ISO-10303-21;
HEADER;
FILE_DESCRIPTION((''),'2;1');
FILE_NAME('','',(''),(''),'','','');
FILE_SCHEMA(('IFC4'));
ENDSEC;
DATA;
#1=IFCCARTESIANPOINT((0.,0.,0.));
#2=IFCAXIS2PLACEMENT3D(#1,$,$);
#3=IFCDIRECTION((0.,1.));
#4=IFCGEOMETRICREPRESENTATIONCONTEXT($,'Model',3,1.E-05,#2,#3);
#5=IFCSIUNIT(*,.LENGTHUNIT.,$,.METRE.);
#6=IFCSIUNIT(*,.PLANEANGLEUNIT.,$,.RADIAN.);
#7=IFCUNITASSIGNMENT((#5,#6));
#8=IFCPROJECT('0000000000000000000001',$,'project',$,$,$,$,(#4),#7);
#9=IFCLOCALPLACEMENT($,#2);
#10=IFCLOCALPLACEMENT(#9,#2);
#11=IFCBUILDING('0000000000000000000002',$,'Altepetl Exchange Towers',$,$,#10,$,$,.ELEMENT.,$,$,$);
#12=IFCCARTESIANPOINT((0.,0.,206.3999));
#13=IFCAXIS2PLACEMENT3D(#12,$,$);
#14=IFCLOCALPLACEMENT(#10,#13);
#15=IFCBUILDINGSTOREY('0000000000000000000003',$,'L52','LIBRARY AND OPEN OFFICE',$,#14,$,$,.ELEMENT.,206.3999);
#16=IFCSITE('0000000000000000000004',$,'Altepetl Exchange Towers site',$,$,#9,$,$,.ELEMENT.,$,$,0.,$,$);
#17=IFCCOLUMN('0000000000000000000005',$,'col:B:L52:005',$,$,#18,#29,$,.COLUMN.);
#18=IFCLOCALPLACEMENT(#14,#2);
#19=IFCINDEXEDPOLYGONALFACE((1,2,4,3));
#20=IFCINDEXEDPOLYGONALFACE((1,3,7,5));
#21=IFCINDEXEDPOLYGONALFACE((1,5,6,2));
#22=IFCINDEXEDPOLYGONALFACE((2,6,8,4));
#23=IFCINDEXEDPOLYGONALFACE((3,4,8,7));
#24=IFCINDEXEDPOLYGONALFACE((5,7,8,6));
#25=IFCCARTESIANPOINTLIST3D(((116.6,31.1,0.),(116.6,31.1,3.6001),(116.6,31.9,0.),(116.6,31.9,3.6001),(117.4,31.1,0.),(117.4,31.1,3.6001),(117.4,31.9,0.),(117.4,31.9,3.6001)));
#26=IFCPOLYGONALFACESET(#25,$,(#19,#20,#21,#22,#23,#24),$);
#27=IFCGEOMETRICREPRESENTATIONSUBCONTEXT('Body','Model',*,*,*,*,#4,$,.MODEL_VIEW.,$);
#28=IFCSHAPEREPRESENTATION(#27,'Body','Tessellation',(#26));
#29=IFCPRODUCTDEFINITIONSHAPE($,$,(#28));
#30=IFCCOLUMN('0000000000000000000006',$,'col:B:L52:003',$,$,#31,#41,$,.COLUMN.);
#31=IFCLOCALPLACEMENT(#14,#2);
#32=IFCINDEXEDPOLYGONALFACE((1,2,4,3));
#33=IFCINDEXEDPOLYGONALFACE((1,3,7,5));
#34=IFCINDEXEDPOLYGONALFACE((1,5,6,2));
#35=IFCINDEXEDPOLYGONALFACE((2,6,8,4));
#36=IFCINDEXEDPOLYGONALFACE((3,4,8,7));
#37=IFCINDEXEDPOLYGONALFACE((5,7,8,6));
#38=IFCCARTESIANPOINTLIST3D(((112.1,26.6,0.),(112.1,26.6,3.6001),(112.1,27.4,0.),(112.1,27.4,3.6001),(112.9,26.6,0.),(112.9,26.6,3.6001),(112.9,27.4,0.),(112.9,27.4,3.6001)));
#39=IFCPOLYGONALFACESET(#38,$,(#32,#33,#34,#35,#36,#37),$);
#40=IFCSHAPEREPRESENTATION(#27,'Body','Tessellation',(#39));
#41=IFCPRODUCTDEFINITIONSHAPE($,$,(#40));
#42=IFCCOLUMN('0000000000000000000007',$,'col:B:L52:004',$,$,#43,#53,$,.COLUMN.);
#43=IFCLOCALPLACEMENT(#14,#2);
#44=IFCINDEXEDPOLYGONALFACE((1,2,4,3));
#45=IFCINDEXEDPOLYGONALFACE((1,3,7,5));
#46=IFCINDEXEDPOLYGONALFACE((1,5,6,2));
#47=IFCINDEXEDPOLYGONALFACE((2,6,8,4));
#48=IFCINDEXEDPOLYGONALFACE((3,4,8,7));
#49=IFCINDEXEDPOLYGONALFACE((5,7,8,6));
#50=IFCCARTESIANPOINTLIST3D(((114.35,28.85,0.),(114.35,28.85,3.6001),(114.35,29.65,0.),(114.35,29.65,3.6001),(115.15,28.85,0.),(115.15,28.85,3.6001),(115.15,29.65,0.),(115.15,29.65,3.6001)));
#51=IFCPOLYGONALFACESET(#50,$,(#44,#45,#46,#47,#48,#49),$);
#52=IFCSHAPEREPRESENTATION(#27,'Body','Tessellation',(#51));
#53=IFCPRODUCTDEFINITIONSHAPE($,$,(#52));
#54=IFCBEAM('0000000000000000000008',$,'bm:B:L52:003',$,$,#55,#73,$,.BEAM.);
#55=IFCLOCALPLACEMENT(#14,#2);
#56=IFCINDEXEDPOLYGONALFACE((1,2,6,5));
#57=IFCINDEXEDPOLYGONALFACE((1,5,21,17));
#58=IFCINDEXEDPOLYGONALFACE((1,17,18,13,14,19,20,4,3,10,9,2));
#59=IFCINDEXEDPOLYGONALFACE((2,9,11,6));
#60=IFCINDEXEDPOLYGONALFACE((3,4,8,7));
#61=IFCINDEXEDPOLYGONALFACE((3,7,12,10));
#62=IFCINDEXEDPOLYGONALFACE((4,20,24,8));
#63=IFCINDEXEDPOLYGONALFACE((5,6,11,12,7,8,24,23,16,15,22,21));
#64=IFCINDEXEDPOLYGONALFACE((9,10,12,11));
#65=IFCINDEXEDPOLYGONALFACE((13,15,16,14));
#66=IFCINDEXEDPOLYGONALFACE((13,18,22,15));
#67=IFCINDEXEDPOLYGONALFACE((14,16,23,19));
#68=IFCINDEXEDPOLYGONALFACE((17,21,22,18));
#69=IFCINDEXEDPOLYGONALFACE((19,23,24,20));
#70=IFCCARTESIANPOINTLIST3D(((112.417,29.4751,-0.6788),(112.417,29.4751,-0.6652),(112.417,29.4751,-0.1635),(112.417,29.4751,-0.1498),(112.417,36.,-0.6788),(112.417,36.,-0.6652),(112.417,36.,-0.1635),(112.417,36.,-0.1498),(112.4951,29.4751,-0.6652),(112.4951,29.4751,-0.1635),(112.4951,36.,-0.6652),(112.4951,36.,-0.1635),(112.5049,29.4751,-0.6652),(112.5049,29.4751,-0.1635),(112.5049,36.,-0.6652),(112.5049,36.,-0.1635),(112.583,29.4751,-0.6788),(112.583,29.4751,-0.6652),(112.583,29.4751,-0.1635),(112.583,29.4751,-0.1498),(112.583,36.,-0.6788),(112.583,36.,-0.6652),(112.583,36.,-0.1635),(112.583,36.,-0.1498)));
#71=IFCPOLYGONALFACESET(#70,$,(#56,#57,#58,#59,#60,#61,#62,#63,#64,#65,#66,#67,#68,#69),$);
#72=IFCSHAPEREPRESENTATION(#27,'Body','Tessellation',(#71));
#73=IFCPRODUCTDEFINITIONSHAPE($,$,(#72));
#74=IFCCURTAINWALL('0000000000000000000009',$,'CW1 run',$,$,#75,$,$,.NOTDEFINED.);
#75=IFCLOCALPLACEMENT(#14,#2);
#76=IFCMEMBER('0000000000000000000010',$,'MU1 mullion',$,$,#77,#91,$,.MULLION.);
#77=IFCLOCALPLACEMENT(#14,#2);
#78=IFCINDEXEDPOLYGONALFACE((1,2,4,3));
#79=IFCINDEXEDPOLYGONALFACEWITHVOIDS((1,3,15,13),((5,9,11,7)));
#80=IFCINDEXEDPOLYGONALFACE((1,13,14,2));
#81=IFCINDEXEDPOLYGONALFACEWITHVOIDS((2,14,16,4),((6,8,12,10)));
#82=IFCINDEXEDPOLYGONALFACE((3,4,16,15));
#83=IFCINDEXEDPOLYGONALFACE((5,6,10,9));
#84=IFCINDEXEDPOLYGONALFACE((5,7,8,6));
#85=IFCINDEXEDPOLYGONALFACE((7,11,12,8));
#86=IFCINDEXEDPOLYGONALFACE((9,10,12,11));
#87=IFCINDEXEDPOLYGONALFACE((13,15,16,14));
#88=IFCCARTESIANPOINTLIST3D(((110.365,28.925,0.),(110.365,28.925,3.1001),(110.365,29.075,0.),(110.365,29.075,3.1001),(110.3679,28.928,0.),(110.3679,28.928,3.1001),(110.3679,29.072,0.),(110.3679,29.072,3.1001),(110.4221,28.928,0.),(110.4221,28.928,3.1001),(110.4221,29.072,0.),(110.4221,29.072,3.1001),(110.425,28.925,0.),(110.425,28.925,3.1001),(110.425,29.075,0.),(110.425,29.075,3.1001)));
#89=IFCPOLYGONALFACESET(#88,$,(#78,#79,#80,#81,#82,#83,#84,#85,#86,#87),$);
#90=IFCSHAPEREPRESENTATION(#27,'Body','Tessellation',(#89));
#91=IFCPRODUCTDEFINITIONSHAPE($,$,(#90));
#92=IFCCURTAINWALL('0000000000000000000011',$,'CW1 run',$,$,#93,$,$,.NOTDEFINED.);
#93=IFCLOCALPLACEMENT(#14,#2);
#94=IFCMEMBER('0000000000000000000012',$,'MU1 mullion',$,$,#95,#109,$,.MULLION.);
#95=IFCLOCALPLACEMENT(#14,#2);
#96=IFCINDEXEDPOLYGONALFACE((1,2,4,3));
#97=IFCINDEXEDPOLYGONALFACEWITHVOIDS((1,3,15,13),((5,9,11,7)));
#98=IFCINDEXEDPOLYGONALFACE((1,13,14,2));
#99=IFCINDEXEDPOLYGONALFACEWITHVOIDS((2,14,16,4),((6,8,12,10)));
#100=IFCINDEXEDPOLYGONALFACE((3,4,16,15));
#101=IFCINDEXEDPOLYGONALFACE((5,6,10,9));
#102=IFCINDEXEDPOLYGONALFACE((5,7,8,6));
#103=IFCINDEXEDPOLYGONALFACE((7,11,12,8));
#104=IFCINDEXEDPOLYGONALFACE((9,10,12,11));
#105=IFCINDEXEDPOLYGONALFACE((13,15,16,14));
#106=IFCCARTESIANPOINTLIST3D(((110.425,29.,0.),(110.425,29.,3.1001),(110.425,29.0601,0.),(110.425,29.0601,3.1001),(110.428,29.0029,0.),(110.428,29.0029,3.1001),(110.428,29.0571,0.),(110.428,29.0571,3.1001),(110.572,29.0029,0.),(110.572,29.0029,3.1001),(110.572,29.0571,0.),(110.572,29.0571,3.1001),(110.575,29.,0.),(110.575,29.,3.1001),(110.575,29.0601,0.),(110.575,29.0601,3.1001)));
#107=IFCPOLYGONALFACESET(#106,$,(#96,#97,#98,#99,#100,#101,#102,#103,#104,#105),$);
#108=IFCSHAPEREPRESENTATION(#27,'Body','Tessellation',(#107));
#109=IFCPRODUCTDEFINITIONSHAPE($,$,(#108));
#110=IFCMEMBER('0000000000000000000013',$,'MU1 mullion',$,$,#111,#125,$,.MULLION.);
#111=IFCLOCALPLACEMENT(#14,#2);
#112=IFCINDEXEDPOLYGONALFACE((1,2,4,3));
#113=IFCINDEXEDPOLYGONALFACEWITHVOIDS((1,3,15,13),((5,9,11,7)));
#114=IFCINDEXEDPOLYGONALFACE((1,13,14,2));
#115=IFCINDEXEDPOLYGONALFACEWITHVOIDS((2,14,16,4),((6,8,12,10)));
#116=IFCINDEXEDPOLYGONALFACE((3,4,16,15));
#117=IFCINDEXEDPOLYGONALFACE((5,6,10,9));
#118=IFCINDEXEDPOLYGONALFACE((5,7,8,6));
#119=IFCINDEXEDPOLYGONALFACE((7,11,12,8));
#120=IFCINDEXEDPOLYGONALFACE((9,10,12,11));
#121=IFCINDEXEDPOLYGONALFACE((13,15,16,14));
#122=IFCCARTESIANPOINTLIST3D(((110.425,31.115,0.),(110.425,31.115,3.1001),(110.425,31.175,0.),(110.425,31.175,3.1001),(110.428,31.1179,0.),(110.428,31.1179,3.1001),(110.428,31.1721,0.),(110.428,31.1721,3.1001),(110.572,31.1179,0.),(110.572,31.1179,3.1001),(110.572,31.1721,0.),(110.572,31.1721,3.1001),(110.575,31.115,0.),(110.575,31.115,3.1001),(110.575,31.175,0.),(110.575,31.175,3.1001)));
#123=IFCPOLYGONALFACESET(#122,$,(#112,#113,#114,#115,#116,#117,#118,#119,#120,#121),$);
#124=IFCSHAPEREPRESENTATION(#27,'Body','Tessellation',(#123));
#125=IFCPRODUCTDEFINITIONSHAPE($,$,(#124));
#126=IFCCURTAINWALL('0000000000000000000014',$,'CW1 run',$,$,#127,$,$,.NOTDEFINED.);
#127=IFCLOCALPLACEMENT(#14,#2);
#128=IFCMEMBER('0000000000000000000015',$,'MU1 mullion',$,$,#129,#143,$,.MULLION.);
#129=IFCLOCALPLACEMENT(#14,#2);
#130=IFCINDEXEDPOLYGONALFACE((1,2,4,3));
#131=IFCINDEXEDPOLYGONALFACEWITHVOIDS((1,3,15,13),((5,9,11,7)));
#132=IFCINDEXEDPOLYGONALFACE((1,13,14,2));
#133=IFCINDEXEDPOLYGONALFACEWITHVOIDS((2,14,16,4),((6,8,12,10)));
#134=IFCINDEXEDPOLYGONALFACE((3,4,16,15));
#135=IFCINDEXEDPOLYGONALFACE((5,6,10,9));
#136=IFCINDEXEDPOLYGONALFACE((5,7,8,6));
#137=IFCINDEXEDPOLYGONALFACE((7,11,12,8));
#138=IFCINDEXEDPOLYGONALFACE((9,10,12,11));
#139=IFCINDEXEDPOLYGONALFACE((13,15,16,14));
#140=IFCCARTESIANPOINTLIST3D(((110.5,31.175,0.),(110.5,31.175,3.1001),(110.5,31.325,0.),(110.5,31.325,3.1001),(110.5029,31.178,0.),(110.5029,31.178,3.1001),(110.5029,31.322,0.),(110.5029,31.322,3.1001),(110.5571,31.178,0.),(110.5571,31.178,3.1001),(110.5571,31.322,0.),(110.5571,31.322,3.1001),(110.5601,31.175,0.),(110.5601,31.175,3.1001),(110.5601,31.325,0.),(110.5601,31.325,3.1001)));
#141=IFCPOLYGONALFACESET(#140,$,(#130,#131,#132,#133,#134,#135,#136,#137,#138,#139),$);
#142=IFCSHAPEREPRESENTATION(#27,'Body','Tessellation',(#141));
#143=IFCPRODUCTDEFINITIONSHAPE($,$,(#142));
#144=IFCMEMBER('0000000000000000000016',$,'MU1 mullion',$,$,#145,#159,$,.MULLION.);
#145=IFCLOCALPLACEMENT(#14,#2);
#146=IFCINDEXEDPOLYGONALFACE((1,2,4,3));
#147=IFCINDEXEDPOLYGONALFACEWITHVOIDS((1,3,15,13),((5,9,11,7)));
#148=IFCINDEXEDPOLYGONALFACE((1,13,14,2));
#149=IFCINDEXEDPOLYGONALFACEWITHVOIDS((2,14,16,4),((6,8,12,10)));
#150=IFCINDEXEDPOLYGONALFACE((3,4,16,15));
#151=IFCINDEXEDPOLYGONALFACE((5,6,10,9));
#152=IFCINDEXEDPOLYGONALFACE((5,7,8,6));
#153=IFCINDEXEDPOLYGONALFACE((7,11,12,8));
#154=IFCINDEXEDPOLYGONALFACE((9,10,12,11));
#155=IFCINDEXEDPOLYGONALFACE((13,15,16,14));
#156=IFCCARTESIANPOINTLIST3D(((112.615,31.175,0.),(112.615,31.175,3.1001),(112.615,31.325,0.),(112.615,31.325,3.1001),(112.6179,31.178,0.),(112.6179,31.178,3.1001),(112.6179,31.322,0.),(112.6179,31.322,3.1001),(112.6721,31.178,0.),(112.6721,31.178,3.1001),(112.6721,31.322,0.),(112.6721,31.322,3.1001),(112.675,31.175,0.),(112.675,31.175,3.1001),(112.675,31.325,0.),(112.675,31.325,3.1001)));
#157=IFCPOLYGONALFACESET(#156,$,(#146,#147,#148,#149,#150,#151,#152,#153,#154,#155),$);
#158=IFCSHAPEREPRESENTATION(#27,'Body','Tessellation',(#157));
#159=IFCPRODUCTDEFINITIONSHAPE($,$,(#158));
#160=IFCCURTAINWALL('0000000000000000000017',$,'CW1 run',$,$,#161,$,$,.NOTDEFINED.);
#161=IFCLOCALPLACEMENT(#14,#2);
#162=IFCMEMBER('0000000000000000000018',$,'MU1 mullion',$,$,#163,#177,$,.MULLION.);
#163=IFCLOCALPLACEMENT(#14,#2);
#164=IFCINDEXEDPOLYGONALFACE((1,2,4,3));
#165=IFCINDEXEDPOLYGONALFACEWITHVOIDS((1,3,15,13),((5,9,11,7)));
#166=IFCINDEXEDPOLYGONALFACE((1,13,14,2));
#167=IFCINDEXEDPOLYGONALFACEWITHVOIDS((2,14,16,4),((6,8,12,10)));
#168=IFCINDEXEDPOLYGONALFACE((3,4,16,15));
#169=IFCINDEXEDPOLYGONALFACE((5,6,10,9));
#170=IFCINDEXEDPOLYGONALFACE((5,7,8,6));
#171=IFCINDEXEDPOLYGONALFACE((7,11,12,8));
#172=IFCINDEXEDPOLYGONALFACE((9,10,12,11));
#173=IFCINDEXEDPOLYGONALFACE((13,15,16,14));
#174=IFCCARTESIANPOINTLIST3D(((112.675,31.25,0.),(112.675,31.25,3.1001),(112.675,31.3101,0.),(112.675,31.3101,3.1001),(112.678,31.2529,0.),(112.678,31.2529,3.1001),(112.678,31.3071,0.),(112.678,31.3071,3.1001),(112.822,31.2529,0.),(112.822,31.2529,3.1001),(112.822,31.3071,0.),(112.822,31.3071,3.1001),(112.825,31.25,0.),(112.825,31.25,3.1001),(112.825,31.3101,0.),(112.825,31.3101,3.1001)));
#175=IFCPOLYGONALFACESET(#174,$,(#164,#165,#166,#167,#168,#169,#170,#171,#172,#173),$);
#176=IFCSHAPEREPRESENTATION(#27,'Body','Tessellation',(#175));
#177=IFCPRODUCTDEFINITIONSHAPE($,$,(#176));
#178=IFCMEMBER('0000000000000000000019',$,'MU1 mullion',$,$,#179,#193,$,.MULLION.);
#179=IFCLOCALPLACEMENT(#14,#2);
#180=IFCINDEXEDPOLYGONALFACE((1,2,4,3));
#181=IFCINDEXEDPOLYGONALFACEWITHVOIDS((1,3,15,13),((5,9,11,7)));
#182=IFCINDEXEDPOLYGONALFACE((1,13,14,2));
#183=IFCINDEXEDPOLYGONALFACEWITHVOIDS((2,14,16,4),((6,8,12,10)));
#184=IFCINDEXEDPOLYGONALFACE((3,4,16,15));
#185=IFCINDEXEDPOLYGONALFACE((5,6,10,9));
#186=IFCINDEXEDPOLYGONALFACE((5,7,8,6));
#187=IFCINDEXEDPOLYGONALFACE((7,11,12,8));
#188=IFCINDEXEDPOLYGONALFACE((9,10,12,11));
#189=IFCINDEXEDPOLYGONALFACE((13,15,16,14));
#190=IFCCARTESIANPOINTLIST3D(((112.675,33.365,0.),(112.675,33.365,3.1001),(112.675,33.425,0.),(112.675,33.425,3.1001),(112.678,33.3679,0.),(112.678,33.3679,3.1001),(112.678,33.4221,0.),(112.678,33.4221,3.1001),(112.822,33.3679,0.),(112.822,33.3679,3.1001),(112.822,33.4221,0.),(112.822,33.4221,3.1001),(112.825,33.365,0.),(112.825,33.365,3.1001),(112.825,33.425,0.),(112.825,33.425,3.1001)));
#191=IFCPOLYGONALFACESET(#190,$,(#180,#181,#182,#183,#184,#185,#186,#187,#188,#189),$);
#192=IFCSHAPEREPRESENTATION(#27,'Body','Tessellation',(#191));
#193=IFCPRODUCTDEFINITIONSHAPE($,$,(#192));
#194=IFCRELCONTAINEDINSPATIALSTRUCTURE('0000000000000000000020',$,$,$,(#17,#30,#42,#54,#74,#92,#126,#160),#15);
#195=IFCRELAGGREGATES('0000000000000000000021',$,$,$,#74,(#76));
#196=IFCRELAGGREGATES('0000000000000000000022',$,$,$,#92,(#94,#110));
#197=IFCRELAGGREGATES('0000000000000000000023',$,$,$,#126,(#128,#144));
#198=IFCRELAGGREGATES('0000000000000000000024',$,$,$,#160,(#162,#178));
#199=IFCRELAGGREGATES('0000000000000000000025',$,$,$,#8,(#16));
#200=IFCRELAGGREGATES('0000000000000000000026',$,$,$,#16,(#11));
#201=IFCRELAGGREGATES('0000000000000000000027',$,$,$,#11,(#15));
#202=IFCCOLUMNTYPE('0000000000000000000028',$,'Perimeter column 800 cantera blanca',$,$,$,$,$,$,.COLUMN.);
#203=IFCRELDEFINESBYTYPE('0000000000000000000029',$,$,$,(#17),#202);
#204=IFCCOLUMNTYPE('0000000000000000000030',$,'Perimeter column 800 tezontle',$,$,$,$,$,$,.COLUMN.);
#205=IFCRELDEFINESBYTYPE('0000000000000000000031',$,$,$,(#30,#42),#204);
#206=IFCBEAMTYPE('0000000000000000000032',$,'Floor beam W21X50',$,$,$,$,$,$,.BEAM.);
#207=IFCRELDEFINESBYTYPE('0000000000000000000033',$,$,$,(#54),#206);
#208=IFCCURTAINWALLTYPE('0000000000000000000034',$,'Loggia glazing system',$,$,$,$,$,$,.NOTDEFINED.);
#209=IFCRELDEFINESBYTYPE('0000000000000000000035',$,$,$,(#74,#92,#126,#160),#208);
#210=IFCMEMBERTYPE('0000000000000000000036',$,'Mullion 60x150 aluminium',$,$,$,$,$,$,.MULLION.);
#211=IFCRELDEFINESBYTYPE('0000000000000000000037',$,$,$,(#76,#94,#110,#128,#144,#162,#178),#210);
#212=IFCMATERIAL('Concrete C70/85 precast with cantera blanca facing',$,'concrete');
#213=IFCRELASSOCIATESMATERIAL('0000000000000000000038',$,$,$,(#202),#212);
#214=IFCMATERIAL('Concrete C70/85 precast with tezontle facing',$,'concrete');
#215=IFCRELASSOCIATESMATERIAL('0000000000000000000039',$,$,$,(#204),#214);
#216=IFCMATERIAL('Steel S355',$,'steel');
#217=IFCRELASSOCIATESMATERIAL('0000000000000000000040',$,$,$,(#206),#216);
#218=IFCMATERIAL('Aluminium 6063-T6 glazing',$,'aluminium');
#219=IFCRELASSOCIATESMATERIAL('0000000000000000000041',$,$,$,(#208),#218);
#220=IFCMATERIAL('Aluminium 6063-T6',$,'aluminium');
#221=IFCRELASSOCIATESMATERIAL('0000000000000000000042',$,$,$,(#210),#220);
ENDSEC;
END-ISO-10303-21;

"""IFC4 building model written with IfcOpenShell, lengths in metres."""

from ifc_helpers import new_model, si_unit, direction, frame, origin, origin_2d, place, context, subcontext, project, spatial, rectangle, hollow_rectangle, i_section, extrude, material, material_profile, profile_set, type_object, element, aggregate, save


model = new_model("IFC4")

# Units and contexts
model_context = context("Model", 3, precision=1e-05, world=origin(), true_north=direction((0.0, 1.0)))
body_context = subcontext(model_context, "Body", "Model", "MODEL_VIEW")
ifc_project = project(units=[si_unit("LENGTHUNIT", "METRE"), si_unit("PLANEANGLEUNIT", "RADIAN")], contexts=[model_context])

# Site, building, storey
site_placement = place(None, origin())
site = spatial("IfcSite", under=ifc_project, at=site_placement, Name="Altepetl Exchange Towers site", CompositionType="ELEMENT", RefElevation=0.0)
building_placement = place(site_placement, origin())
building = spatial("IfcBuilding", under=site, at=building_placement, Name="Altepetl Exchange Towers", CompositionType="ELEMENT")
storey_placement = place(building_placement, frame((0.0, 0.0, 206.3999)))
storey = spatial("IfcBuildingStorey", under=building, at=storey_placement, Name="L52", Description="LIBRARY AND OPEN OFFICE", CompositionType="ELEMENT", Elevation=206.3999)

# Columns
ifc_material_1 = material(Name="Concrete C70/85 precast with cantera blanca facing", Category="concrete")
ifc_material_profile_1 = material_profile(ifc_material_1, rectangle(XDim=0.8, YDim=0.8, at=origin_2d()), Name="800 x 800")
ifc_profile_set_1 = profile_set([ifc_material_profile_1], Name="Concrete C70/85 precast with cantera blanca facing")
column_type_1 = type_object("IfcColumnType", Name="Perimeter column 800 cantera blanca", PredefinedType="COLUMN", material=ifc_profile_set_1)
column_placement = place(storey_placement, frame((117.0, 31.5, 0.0)))
element("IfcColumn", 1, at=column_placement, inside=storey, type_object=column_type_1, Name="col:B:L52:005", PredefinedType="COLUMN", context=body_context, shape_type="SweptSolid", body=[
    extrude(rectangle(XDim=0.8, YDim=0.8, at=origin_2d()), origin(), (0.0, 0.0, 1.0), 3.6001),
])
ifc_material_2 = material(Name="Concrete C70/85 precast with tezontle facing", Category="concrete")
ifc_material_profile_2 = material_profile(ifc_material_2, rectangle(XDim=0.8, YDim=0.8, at=origin_2d()), Name="800 x 800")
ifc_profile_set_2 = profile_set([ifc_material_profile_2], Name="Concrete C70/85 precast with tezontle facing")
column_type_2 = type_object("IfcColumnType", Name="Perimeter column 800 tezontle", PredefinedType="COLUMN", material=ifc_profile_set_2)
for number, where, name in (
    (2, (112.5, 27.0, 0.0), "col:B:L52:003"),
    (3, (114.75, 29.25, 0.0), "col:B:L52:004"),
):
    element("IfcColumn", number, at=place(storey_placement, frame(where)), inside=storey, type_object=column_type_2, Name=name, PredefinedType="COLUMN", context=body_context, shape_type="SweptSolid", body=[
        extrude(rectangle(XDim=0.8, YDim=0.8, at=origin_2d()), origin(), (0.0, 0.0, 1.0), 3.6001),
    ])

# Beam
ifc_material_3 = material(Name="Steel S355", Category="steel")
ifc_material_profile_3 = material_profile(ifc_material_3, i_section(OverallWidth=0.166, OverallDepth=0.5291, WebThickness=0.0098, FlangeThickness=0.0137, at=origin_2d()), Name="W21X50")
ifc_profile_set_3 = profile_set([ifc_material_profile_3], Name="Steel S355")
beam_type_1 = type_object("IfcBeamType", Name="Floor beam W21X50", PredefinedType="BEAM", material=ifc_profile_set_3)
beam_1_placement = place(storey_placement, frame((112.5, 29.4751, -0.4143), z_axis=(0.0, 1.0, 0.0), x_axis=(-1.0, 0.0, 0.0)))
element("IfcBeam", 4, at=beam_1_placement, inside=storey, type_object=beam_type_1, Name="bm:B:L52:003", PredefinedType="BEAM", context=body_context, shape_type="SweptSolid", body=[
    extrude(i_section(OverallWidth=0.166, OverallDepth=0.5291, WebThickness=0.0098, FlangeThickness=0.0137, at=origin_2d()), origin(), (0.0, 0.0, 1.0), 6.5249),
])

# Curtain wall, member
ifc_material_4 = material(Name="Aluminium 6063-T6 glazing", Category="aluminium")
curtain_wall_type = type_object("IfcCurtainWallType", Name="Loggia glazing system", PredefinedType="NOTDEFINED", material=ifc_material_4)
curtain_wall_1_placement = place(storey_placement, origin())
curtain_wall_1 = element("IfcCurtainWall", 5, at=curtain_wall_1_placement, inside=storey, type_object=curtain_wall_type, Name="CW1 run", PredefinedType="NOTDEFINED")
ifc_material_5 = material(Name="Aluminium 6063-T6", Category="aluminium")
ifc_material_profile_4 = material_profile(ifc_material_5, hollow_rectangle(XDim=0.0601, YDim=0.1499, WallThickness=0.0029, at=origin_2d()), Name="Mullion 60x150 aluminium")
ifc_profile_set_4 = profile_set([ifc_material_profile_4], Name="Aluminium 6063-T6")
member_type = type_object("IfcMemberType", Name="Mullion 60x150 aluminium", PredefinedType="MULLION", material=ifc_profile_set_4)
member_1_placement = place(storey_placement, frame((110.395, 29.0, 0.0)))
member_1 = element("IfcMember", 6, at=member_1_placement, type_object=member_type, Name="MU1 mullion", PredefinedType="MULLION", context=body_context, shape_type="SweptSolid", body=[
    extrude(hollow_rectangle(XDim=0.0601, YDim=0.1499, WallThickness=0.0029, at=origin_2d()), origin(), (0.0, 0.0, 1.0), 3.1001),
])

# Curtain walls, members
curtain_wall_2_placement = place(storey_placement, origin())
curtain_wall_2 = element("IfcCurtainWall", 7, at=curtain_wall_2_placement, inside=storey, type_object=curtain_wall_type, Name="CW1 run", PredefinedType="NOTDEFINED")
member_2_placement = place(storey_placement, frame((110.5, 29.03, 0.0), z_axis=(0.0, 0.0, 1.0), x_axis=(0.0, 1.0, 0.0)))
member_2 = element("IfcMember", 8, at=member_2_placement, type_object=member_type, Name="MU1 mullion", PredefinedType="MULLION", context=body_context, shape_type="SweptSolid", body=[
    extrude(hollow_rectangle(XDim=0.0601, YDim=0.1499, WallThickness=0.0029, at=origin_2d()), origin(), (0.0, 0.0, 1.0), 3.1001),
])
member_3_placement = place(storey_placement, frame((110.5, 31.145, 0.0), z_axis=(0.0, 0.0, 1.0), x_axis=(0.0, 1.0, 0.0)))
member_3 = element("IfcMember", 9, at=member_3_placement, type_object=member_type, Name="MU1 mullion", PredefinedType="MULLION", context=body_context, shape_type="SweptSolid", body=[
    extrude(hollow_rectangle(XDim=0.0601, YDim=0.1499, WallThickness=0.0029, at=origin_2d()), origin(), (0.0, 0.0, 1.0), 3.1001),
])
curtain_wall_3_placement = place(storey_placement, origin())
curtain_wall_3 = element("IfcCurtainWall", 10, at=curtain_wall_3_placement, inside=storey, type_object=curtain_wall_type, Name="CW1 run", PredefinedType="NOTDEFINED")
member_4_placement = place(storey_placement, frame((110.53, 31.25, 0.0)))
member_4 = element("IfcMember", 11, at=member_4_placement, type_object=member_type, Name="MU1 mullion", PredefinedType="MULLION", context=body_context, shape_type="SweptSolid", body=[
    extrude(hollow_rectangle(XDim=0.0601, YDim=0.1499, WallThickness=0.0029, at=origin_2d()), origin(), (0.0, 0.0, 1.0), 3.1001),
])
member_5_placement = place(storey_placement, frame((112.645, 31.25, 0.0)))
member_5 = element("IfcMember", 12, at=member_5_placement, type_object=member_type, Name="MU1 mullion", PredefinedType="MULLION", context=body_context, shape_type="SweptSolid", body=[
    extrude(hollow_rectangle(XDim=0.0601, YDim=0.1499, WallThickness=0.0029, at=origin_2d()), origin(), (0.0, 0.0, 1.0), 3.1001),
])
curtain_wall_4_placement = place(storey_placement, origin())
curtain_wall_4 = element("IfcCurtainWall", 13, at=curtain_wall_4_placement, inside=storey, type_object=curtain_wall_type, Name="CW1 run", PredefinedType="NOTDEFINED")
member_6_placement = place(storey_placement, frame((112.75, 31.28, 0.0), z_axis=(0.0, 0.0, 1.0), x_axis=(0.0, 1.0, 0.0)))
member_6 = element("IfcMember", 14, at=member_6_placement, type_object=member_type, Name="MU1 mullion", PredefinedType="MULLION", context=body_context, shape_type="SweptSolid", body=[
    extrude(hollow_rectangle(XDim=0.0601, YDim=0.1499, WallThickness=0.0029, at=origin_2d()), origin(), (0.0, 0.0, 1.0), 3.1001),
])
member_7_placement = place(storey_placement, frame((112.75, 33.395, 0.0), z_axis=(0.0, 0.0, 1.0), x_axis=(0.0, 1.0, 0.0)))
member_7 = element("IfcMember", 15, at=member_7_placement, type_object=member_type, Name="MU1 mullion", PredefinedType="MULLION", context=body_context, shape_type="SweptSolid", body=[
    extrude(hollow_rectangle(XDim=0.0601, YDim=0.1499, WallThickness=0.0029, at=origin_2d()), origin(), (0.0, 0.0, 1.0), 3.1001),
])

aggregate(curtain_wall_1, [member_1])
aggregate(curtain_wall_2, [member_2, member_3])
aggregate(curtain_wall_3, [member_4, member_5])
aggregate(curtain_wall_4, [member_6, member_7])

save(model, "model.ifc")
